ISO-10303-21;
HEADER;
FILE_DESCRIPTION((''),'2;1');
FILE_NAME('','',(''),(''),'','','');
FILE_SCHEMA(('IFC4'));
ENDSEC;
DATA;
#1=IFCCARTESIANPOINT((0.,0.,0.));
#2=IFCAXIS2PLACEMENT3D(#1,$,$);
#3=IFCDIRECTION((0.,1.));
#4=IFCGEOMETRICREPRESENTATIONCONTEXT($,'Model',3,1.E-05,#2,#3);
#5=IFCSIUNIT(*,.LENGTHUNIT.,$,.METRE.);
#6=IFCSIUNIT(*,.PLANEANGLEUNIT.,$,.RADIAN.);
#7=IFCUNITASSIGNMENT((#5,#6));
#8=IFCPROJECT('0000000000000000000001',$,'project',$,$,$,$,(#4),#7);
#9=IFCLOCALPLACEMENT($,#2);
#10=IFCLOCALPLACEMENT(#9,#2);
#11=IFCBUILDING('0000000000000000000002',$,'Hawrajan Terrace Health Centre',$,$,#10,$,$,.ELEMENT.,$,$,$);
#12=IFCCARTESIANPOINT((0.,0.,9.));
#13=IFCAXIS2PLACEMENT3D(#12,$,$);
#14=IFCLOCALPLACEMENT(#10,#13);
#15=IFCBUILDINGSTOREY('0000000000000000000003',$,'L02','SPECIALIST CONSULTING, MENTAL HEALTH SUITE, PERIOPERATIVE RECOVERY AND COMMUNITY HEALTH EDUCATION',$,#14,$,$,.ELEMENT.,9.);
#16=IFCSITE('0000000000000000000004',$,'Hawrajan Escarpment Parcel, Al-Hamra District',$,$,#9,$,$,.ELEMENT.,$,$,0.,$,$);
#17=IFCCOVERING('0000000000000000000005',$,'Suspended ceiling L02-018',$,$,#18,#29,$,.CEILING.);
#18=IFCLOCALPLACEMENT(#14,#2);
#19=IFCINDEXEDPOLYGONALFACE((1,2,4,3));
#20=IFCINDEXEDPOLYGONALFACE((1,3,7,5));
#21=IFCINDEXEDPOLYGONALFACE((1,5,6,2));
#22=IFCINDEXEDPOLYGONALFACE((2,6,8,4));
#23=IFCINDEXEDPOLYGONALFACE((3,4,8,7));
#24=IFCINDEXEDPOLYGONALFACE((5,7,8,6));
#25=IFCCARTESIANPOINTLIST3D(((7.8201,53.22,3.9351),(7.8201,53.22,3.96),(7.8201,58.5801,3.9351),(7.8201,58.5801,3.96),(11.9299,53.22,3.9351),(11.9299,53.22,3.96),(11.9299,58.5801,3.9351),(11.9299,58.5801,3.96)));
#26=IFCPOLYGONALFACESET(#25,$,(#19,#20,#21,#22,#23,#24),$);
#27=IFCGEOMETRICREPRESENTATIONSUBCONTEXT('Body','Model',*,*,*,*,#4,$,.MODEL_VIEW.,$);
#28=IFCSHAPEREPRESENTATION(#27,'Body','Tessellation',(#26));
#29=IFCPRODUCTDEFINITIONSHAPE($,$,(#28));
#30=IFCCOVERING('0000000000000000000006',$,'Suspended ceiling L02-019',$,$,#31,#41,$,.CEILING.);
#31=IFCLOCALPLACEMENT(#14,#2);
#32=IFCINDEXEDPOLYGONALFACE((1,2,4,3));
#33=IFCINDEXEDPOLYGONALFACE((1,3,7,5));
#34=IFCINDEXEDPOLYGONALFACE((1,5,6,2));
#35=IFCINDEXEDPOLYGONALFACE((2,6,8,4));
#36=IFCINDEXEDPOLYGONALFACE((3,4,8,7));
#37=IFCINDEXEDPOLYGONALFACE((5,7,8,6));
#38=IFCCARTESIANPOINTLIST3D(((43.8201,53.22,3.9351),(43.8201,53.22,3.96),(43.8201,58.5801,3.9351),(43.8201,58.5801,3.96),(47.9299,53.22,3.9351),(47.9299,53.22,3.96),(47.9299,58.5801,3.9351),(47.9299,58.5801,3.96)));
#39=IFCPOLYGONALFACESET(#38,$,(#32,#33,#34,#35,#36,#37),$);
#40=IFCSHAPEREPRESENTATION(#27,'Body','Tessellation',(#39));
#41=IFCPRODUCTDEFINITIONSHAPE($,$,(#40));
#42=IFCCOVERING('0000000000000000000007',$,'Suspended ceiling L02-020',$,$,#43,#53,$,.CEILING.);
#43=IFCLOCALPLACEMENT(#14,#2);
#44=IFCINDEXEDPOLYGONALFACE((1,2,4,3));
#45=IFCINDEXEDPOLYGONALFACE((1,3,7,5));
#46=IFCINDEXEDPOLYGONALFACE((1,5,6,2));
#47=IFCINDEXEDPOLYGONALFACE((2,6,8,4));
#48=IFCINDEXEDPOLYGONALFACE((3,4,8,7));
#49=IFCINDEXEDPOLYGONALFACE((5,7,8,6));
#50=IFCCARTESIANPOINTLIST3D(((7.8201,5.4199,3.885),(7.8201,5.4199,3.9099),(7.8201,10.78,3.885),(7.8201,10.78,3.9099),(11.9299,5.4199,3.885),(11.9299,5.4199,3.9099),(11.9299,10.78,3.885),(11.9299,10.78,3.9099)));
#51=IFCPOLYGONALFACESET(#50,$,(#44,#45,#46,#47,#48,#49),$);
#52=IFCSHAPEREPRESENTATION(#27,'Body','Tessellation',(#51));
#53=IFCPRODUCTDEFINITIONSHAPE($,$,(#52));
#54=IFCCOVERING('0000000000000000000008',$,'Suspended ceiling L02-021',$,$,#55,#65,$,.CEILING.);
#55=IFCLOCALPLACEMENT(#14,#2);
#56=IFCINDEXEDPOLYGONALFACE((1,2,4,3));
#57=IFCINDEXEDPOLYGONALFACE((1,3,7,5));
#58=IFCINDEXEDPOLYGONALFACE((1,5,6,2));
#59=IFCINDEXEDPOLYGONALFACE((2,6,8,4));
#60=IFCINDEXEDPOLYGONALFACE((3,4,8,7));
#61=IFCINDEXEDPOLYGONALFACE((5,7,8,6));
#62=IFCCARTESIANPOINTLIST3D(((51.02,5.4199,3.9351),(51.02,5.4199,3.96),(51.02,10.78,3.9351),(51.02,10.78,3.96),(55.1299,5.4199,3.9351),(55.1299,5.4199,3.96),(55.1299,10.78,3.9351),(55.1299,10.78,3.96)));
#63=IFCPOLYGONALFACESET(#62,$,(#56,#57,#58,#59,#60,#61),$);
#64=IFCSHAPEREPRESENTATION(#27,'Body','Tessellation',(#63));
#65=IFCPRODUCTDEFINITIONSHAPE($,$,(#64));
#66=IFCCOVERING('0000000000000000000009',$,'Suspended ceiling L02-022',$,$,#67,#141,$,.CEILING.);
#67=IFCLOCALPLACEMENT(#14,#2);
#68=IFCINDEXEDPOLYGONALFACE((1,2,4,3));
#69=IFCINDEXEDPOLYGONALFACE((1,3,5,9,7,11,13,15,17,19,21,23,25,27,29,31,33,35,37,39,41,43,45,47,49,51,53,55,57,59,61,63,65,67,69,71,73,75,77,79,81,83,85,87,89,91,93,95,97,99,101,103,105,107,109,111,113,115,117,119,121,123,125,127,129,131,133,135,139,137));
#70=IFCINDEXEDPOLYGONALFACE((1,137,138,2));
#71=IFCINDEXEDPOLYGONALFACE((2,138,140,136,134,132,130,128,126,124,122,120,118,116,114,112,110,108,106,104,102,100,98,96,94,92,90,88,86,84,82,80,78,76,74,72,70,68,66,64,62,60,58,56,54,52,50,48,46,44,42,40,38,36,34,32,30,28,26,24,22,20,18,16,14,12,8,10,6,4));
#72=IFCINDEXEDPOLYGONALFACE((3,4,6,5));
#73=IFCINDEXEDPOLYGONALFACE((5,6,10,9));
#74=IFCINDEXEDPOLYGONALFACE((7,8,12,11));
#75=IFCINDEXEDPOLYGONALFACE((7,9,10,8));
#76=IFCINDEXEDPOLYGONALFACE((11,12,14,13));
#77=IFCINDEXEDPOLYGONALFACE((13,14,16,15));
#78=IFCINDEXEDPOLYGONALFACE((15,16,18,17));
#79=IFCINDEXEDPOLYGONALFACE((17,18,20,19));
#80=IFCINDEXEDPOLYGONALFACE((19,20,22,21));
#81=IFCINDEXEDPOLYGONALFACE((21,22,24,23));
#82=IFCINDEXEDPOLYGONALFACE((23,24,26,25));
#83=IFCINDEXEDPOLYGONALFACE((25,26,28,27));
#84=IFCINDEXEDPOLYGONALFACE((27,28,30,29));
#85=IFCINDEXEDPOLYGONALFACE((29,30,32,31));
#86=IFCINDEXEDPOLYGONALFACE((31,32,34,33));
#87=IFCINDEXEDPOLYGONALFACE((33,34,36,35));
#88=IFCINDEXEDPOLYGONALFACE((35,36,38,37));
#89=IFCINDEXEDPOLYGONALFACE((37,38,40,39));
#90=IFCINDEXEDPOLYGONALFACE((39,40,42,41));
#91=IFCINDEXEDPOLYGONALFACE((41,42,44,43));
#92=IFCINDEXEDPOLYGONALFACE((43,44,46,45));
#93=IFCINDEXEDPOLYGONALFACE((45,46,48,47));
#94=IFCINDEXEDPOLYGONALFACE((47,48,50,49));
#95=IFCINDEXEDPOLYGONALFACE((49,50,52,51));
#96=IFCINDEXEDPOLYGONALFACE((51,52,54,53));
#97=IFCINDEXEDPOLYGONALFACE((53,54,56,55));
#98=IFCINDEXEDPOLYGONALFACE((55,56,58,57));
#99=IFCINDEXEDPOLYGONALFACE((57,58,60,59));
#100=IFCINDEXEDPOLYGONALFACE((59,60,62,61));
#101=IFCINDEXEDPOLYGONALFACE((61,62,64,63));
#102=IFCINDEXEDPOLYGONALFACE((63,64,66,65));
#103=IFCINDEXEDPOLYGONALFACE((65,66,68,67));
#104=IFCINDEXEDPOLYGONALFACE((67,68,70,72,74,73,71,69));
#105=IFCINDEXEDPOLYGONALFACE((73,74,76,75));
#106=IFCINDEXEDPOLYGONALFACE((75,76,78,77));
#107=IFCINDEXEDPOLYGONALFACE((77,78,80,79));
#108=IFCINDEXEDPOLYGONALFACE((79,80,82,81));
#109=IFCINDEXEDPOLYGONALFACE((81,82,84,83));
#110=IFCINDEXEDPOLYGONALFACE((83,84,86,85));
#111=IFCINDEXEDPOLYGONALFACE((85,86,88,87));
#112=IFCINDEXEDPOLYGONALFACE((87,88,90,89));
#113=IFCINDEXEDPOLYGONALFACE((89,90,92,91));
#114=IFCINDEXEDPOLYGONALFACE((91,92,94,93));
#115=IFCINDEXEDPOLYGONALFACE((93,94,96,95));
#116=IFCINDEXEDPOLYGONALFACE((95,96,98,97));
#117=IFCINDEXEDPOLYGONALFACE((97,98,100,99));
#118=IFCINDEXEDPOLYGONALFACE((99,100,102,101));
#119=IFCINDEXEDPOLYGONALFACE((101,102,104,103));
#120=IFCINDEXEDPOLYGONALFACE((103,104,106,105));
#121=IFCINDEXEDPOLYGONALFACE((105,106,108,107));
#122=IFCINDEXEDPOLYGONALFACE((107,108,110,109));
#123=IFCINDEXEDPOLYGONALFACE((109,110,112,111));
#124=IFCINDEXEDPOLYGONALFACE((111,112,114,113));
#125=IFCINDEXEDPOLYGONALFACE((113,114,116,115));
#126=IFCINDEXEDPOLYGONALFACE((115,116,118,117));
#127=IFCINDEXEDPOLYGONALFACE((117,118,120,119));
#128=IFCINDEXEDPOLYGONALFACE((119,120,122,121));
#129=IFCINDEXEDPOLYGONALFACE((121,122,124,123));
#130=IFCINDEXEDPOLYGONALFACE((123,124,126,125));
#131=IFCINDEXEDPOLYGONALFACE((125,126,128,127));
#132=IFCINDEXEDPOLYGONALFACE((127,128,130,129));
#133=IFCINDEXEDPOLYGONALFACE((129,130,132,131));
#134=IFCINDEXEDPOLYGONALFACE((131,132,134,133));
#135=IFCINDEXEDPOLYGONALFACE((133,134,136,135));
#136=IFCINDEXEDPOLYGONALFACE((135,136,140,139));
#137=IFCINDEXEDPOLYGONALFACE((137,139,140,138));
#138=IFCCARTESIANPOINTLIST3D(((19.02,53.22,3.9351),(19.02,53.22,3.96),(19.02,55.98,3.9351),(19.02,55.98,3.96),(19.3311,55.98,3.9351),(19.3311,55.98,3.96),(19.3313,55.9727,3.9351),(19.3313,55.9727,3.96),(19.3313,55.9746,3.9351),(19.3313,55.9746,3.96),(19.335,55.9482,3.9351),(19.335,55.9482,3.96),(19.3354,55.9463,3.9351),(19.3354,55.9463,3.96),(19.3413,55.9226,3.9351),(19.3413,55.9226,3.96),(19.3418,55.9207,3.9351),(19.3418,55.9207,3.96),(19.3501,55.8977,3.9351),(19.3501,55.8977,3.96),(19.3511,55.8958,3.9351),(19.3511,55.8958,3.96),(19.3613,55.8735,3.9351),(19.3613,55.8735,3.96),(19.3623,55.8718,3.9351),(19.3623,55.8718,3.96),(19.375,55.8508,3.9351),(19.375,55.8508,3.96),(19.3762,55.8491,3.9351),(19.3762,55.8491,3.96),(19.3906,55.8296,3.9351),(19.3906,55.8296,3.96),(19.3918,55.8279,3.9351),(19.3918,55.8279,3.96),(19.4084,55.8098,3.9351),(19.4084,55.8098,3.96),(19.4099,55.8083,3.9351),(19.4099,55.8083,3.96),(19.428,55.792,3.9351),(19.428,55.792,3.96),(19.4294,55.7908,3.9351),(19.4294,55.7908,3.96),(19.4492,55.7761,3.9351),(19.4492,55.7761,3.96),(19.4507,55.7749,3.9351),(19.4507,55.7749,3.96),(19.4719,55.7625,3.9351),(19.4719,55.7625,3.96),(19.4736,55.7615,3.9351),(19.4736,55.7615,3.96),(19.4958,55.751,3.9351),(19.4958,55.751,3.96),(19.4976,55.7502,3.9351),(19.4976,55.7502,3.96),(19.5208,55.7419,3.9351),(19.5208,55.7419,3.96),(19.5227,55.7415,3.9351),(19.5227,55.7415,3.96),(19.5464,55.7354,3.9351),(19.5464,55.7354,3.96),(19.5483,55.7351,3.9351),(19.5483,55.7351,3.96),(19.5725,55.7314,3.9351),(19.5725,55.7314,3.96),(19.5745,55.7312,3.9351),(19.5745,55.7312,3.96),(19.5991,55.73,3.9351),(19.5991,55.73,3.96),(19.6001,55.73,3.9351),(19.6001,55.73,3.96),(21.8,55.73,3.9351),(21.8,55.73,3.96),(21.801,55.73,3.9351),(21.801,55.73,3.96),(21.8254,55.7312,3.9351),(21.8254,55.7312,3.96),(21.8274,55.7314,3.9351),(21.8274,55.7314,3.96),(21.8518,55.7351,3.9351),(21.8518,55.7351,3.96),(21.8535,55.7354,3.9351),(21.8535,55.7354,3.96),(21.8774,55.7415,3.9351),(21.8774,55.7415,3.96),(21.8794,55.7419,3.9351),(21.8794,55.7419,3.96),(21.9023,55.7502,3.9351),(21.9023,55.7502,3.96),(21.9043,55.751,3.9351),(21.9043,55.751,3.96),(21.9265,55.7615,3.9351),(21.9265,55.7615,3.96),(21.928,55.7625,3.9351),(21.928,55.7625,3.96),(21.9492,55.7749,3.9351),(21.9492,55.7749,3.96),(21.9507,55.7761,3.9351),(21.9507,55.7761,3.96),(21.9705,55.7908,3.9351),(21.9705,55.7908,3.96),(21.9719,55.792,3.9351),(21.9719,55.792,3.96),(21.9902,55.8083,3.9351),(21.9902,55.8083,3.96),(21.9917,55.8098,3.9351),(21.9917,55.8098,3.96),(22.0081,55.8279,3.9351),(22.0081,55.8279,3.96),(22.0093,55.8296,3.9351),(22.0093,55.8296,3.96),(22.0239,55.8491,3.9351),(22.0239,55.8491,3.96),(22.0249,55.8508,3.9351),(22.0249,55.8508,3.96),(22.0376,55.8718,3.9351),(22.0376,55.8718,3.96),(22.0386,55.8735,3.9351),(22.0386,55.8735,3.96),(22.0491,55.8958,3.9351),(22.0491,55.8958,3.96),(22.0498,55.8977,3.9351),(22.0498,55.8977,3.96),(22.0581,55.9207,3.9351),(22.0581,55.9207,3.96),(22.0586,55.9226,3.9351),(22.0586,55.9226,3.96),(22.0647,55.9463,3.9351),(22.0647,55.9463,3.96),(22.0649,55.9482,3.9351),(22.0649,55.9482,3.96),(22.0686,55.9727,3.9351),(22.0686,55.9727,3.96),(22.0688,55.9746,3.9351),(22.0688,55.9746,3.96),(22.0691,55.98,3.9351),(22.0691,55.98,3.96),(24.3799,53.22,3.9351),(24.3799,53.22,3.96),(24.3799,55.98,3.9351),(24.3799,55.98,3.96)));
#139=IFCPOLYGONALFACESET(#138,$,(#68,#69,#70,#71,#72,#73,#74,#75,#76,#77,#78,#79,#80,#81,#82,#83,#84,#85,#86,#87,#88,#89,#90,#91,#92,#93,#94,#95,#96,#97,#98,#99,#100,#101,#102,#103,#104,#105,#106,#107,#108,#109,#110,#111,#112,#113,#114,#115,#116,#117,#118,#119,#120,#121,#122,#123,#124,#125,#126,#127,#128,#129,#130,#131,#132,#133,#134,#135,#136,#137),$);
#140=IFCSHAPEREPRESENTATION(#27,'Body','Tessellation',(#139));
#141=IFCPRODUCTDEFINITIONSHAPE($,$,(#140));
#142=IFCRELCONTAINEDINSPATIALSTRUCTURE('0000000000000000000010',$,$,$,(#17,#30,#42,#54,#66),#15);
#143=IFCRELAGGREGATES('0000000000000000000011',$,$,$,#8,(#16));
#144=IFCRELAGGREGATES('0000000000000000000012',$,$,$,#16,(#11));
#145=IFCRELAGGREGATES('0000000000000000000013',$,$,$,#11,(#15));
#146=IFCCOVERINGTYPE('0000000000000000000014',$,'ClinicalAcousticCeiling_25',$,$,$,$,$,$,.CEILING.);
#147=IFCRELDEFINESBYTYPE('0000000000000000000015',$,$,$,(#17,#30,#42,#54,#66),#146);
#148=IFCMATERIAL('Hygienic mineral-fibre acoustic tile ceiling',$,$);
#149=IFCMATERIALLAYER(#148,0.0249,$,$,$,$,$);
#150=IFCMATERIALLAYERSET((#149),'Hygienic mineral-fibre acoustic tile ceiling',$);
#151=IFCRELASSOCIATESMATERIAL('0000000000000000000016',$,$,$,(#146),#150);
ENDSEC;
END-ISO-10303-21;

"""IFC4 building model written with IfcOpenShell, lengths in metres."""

from ifc_helpers import new_model, si_unit, direction, frame, origin, place, context, subcontext, project, spatial, polyline, outline, extrude, material, layer, layer_set, type_object, element, save


model = new_model("IFC4")

# Units and contexts
model_context = context("Model", 3, precision=1e-05, world=origin(), true_north=direction((0.0, 1.0)))
body_context = subcontext(model_context, "Body", "Model", "MODEL_VIEW")
ifc_project = project(units=[si_unit("LENGTHUNIT", "METRE"), si_unit("PLANEANGLEUNIT", "RADIAN")], contexts=[model_context])

# Site, building, storey
site_placement = place(None, origin())
site = spatial("IfcSite", under=ifc_project, at=site_placement, Name="Hawrajan Escarpment Parcel, Al-Hamra District", CompositionType="ELEMENT", RefElevation=0.0)
building_placement = place(site_placement, origin())
building = spatial("IfcBuilding", under=site, at=building_placement, Name="Hawrajan Terrace Health Centre", CompositionType="ELEMENT")
storey_placement = place(building_placement, frame((0.0, 0.0, 9.0)))
storey = spatial("IfcBuildingStorey", under=building, at=storey_placement, Name="L02", Description="SPECIALIST CONSULTING, MENTAL HEALTH SUITE, PERIOPERATIVE RECOVERY AND COMMUNITY HEALTH EDUCATION", CompositionType="ELEMENT", Elevation=9.0)

# Coverings
ifc_material = material(Name="Hygienic mineral-fibre acoustic tile ceiling")
ifc_layer = layer(ifc_material, 0.0249)
ifc_layer_set = layer_set([ifc_layer], Name="Hygienic mineral-fibre acoustic tile ceiling")
covering_type = type_object("IfcCoveringType", Name="ClinicalAcousticCeiling_25", PredefinedType="CEILING", material=ifc_layer_set)
covering_1_placement = place(storey_placement, frame((0.0, 0.0, 3.9351)))
element("IfcCovering", 1, at=covering_1_placement, inside=storey, type_object=covering_type, Name="Suspended ceiling L02-018", PredefinedType="CEILING", context=body_context, shape_type="SweptSolid", body=[
    extrude(outline(polyline([(7.8201, 53.22), (7.8201, 58.5801), (11.9299, 58.5801), (11.9299, 53.22), (7.8201, 53.22)])), origin(), (0.0, 0.0, 1.0), 0.0249),
])
covering_2_placement = place(storey_placement, frame((0.0, 0.0, 3.9351)))
element("IfcCovering", 2, at=covering_2_placement, inside=storey, type_object=covering_type, Name="Suspended ceiling L02-019", PredefinedType="CEILING", context=body_context, shape_type="SweptSolid", body=[
    extrude(outline(polyline([(43.8201, 53.22), (43.8201, 58.5801), (47.9299, 58.5801), (47.9299, 53.22), (43.8201, 53.22)])), origin(), (0.0, 0.0, 1.0), 0.0249),
])
covering_3_placement = place(storey_placement, frame((0.0, 0.0, 3.885)))
element("IfcCovering", 3, at=covering_3_placement, inside=storey, type_object=covering_type, Name="Suspended ceiling L02-020", PredefinedType="CEILING", context=body_context, shape_type="SweptSolid", body=[
    extrude(outline(polyline([(7.8201, 5.4199), (7.8201, 10.78), (11.9299, 10.78), (11.9299, 5.4199), (7.8201, 5.4199)])), origin(), (0.0, 0.0, 1.0), 0.0249),
])
covering_4_placement = place(storey_placement, frame((0.0, 0.0, 3.9351)))
element("IfcCovering", 4, at=covering_4_placement, inside=storey, type_object=covering_type, Name="Suspended ceiling L02-021", PredefinedType="CEILING", context=body_context, shape_type="SweptSolid", body=[
    extrude(outline(polyline([(51.02, 5.4199), (51.02, 10.78), (55.1299, 10.78), (55.1299, 5.4199), (51.02, 5.4199)])), origin(), (0.0, 0.0, 1.0), 0.0249),
])
covering_5_placement = place(storey_placement, frame((0.0, 0.0, 3.9351)))
element("IfcCovering", 5, at=covering_5_placement, inside=storey, type_object=covering_type, Name="Suspended ceiling L02-022", PredefinedType="CEILING", context=body_context, shape_type="SweptSolid", body=[
    extrude(outline(polyline([(24.3799, 55.98), (24.3799, 53.22), (19.02, 53.22), (19.02, 55.98), (19.3311, 55.98), (19.3313, 55.9746), (19.3313, 55.9727), (19.335, 55.9482), (19.3354, 55.9463), (19.3413, 55.9226), (19.3418, 55.9207), (19.3501, 55.8977), (19.3511, 55.8958), (19.3613, 55.8735), (19.3623, 55.8718), (19.375, 55.8508), (19.3762, 55.8491), (19.3906, 55.8296), (19.3918, 55.8279), (19.4084, 55.8098), (19.4099, 55.8083), (19.428, 55.792), (19.4294, 55.7908), (19.4492, 55.7761), (19.4507, 55.7749), (19.4719, 55.7625), (19.4736, 55.7615), (19.4958, 55.751), (19.4976, 55.7502), (19.5208, 55.7419), (19.5227, 55.7415), (19.5464, 55.7354), (19.5483, 55.7351), (19.5725, 55.7314), (19.5745, 55.7312), (19.5991, 55.73), (19.6001, 55.73), (21.8, 55.73), (21.801, 55.73), (21.8254, 55.7312), (21.8274, 55.7314), (21.8518, 55.7351), (21.8535, 55.7354), (21.8774, 55.7415), (21.8794, 55.7419), (21.9023, 55.7502), (21.9043, 55.751), (21.9265, 55.7615), (21.928, 55.7625), (21.9492, 55.7749), (21.9507, 55.7761), (21.9705, 55.7908), (21.9719, 55.792), (21.9902, 55.8083), (21.9917, 55.8098), (22.0081, 55.8279), (22.0093, 55.8296), (22.0239, 55.8491), (22.0249, 55.8508), (22.0376, 55.8718), (22.0386, 55.8735), (22.0491, 55.8958), (22.0498, 55.8977), (22.0581, 55.9207), (22.0586, 55.9226), (22.0647, 55.9463), (22.0649, 55.9482), (22.0686, 55.9727), (22.0688, 55.9746), (22.0691, 55.98), (24.3799, 55.98)])), origin(), (0.0, 0.0, 1.0), 0.0249),
])

save(model, "model.ifc")
